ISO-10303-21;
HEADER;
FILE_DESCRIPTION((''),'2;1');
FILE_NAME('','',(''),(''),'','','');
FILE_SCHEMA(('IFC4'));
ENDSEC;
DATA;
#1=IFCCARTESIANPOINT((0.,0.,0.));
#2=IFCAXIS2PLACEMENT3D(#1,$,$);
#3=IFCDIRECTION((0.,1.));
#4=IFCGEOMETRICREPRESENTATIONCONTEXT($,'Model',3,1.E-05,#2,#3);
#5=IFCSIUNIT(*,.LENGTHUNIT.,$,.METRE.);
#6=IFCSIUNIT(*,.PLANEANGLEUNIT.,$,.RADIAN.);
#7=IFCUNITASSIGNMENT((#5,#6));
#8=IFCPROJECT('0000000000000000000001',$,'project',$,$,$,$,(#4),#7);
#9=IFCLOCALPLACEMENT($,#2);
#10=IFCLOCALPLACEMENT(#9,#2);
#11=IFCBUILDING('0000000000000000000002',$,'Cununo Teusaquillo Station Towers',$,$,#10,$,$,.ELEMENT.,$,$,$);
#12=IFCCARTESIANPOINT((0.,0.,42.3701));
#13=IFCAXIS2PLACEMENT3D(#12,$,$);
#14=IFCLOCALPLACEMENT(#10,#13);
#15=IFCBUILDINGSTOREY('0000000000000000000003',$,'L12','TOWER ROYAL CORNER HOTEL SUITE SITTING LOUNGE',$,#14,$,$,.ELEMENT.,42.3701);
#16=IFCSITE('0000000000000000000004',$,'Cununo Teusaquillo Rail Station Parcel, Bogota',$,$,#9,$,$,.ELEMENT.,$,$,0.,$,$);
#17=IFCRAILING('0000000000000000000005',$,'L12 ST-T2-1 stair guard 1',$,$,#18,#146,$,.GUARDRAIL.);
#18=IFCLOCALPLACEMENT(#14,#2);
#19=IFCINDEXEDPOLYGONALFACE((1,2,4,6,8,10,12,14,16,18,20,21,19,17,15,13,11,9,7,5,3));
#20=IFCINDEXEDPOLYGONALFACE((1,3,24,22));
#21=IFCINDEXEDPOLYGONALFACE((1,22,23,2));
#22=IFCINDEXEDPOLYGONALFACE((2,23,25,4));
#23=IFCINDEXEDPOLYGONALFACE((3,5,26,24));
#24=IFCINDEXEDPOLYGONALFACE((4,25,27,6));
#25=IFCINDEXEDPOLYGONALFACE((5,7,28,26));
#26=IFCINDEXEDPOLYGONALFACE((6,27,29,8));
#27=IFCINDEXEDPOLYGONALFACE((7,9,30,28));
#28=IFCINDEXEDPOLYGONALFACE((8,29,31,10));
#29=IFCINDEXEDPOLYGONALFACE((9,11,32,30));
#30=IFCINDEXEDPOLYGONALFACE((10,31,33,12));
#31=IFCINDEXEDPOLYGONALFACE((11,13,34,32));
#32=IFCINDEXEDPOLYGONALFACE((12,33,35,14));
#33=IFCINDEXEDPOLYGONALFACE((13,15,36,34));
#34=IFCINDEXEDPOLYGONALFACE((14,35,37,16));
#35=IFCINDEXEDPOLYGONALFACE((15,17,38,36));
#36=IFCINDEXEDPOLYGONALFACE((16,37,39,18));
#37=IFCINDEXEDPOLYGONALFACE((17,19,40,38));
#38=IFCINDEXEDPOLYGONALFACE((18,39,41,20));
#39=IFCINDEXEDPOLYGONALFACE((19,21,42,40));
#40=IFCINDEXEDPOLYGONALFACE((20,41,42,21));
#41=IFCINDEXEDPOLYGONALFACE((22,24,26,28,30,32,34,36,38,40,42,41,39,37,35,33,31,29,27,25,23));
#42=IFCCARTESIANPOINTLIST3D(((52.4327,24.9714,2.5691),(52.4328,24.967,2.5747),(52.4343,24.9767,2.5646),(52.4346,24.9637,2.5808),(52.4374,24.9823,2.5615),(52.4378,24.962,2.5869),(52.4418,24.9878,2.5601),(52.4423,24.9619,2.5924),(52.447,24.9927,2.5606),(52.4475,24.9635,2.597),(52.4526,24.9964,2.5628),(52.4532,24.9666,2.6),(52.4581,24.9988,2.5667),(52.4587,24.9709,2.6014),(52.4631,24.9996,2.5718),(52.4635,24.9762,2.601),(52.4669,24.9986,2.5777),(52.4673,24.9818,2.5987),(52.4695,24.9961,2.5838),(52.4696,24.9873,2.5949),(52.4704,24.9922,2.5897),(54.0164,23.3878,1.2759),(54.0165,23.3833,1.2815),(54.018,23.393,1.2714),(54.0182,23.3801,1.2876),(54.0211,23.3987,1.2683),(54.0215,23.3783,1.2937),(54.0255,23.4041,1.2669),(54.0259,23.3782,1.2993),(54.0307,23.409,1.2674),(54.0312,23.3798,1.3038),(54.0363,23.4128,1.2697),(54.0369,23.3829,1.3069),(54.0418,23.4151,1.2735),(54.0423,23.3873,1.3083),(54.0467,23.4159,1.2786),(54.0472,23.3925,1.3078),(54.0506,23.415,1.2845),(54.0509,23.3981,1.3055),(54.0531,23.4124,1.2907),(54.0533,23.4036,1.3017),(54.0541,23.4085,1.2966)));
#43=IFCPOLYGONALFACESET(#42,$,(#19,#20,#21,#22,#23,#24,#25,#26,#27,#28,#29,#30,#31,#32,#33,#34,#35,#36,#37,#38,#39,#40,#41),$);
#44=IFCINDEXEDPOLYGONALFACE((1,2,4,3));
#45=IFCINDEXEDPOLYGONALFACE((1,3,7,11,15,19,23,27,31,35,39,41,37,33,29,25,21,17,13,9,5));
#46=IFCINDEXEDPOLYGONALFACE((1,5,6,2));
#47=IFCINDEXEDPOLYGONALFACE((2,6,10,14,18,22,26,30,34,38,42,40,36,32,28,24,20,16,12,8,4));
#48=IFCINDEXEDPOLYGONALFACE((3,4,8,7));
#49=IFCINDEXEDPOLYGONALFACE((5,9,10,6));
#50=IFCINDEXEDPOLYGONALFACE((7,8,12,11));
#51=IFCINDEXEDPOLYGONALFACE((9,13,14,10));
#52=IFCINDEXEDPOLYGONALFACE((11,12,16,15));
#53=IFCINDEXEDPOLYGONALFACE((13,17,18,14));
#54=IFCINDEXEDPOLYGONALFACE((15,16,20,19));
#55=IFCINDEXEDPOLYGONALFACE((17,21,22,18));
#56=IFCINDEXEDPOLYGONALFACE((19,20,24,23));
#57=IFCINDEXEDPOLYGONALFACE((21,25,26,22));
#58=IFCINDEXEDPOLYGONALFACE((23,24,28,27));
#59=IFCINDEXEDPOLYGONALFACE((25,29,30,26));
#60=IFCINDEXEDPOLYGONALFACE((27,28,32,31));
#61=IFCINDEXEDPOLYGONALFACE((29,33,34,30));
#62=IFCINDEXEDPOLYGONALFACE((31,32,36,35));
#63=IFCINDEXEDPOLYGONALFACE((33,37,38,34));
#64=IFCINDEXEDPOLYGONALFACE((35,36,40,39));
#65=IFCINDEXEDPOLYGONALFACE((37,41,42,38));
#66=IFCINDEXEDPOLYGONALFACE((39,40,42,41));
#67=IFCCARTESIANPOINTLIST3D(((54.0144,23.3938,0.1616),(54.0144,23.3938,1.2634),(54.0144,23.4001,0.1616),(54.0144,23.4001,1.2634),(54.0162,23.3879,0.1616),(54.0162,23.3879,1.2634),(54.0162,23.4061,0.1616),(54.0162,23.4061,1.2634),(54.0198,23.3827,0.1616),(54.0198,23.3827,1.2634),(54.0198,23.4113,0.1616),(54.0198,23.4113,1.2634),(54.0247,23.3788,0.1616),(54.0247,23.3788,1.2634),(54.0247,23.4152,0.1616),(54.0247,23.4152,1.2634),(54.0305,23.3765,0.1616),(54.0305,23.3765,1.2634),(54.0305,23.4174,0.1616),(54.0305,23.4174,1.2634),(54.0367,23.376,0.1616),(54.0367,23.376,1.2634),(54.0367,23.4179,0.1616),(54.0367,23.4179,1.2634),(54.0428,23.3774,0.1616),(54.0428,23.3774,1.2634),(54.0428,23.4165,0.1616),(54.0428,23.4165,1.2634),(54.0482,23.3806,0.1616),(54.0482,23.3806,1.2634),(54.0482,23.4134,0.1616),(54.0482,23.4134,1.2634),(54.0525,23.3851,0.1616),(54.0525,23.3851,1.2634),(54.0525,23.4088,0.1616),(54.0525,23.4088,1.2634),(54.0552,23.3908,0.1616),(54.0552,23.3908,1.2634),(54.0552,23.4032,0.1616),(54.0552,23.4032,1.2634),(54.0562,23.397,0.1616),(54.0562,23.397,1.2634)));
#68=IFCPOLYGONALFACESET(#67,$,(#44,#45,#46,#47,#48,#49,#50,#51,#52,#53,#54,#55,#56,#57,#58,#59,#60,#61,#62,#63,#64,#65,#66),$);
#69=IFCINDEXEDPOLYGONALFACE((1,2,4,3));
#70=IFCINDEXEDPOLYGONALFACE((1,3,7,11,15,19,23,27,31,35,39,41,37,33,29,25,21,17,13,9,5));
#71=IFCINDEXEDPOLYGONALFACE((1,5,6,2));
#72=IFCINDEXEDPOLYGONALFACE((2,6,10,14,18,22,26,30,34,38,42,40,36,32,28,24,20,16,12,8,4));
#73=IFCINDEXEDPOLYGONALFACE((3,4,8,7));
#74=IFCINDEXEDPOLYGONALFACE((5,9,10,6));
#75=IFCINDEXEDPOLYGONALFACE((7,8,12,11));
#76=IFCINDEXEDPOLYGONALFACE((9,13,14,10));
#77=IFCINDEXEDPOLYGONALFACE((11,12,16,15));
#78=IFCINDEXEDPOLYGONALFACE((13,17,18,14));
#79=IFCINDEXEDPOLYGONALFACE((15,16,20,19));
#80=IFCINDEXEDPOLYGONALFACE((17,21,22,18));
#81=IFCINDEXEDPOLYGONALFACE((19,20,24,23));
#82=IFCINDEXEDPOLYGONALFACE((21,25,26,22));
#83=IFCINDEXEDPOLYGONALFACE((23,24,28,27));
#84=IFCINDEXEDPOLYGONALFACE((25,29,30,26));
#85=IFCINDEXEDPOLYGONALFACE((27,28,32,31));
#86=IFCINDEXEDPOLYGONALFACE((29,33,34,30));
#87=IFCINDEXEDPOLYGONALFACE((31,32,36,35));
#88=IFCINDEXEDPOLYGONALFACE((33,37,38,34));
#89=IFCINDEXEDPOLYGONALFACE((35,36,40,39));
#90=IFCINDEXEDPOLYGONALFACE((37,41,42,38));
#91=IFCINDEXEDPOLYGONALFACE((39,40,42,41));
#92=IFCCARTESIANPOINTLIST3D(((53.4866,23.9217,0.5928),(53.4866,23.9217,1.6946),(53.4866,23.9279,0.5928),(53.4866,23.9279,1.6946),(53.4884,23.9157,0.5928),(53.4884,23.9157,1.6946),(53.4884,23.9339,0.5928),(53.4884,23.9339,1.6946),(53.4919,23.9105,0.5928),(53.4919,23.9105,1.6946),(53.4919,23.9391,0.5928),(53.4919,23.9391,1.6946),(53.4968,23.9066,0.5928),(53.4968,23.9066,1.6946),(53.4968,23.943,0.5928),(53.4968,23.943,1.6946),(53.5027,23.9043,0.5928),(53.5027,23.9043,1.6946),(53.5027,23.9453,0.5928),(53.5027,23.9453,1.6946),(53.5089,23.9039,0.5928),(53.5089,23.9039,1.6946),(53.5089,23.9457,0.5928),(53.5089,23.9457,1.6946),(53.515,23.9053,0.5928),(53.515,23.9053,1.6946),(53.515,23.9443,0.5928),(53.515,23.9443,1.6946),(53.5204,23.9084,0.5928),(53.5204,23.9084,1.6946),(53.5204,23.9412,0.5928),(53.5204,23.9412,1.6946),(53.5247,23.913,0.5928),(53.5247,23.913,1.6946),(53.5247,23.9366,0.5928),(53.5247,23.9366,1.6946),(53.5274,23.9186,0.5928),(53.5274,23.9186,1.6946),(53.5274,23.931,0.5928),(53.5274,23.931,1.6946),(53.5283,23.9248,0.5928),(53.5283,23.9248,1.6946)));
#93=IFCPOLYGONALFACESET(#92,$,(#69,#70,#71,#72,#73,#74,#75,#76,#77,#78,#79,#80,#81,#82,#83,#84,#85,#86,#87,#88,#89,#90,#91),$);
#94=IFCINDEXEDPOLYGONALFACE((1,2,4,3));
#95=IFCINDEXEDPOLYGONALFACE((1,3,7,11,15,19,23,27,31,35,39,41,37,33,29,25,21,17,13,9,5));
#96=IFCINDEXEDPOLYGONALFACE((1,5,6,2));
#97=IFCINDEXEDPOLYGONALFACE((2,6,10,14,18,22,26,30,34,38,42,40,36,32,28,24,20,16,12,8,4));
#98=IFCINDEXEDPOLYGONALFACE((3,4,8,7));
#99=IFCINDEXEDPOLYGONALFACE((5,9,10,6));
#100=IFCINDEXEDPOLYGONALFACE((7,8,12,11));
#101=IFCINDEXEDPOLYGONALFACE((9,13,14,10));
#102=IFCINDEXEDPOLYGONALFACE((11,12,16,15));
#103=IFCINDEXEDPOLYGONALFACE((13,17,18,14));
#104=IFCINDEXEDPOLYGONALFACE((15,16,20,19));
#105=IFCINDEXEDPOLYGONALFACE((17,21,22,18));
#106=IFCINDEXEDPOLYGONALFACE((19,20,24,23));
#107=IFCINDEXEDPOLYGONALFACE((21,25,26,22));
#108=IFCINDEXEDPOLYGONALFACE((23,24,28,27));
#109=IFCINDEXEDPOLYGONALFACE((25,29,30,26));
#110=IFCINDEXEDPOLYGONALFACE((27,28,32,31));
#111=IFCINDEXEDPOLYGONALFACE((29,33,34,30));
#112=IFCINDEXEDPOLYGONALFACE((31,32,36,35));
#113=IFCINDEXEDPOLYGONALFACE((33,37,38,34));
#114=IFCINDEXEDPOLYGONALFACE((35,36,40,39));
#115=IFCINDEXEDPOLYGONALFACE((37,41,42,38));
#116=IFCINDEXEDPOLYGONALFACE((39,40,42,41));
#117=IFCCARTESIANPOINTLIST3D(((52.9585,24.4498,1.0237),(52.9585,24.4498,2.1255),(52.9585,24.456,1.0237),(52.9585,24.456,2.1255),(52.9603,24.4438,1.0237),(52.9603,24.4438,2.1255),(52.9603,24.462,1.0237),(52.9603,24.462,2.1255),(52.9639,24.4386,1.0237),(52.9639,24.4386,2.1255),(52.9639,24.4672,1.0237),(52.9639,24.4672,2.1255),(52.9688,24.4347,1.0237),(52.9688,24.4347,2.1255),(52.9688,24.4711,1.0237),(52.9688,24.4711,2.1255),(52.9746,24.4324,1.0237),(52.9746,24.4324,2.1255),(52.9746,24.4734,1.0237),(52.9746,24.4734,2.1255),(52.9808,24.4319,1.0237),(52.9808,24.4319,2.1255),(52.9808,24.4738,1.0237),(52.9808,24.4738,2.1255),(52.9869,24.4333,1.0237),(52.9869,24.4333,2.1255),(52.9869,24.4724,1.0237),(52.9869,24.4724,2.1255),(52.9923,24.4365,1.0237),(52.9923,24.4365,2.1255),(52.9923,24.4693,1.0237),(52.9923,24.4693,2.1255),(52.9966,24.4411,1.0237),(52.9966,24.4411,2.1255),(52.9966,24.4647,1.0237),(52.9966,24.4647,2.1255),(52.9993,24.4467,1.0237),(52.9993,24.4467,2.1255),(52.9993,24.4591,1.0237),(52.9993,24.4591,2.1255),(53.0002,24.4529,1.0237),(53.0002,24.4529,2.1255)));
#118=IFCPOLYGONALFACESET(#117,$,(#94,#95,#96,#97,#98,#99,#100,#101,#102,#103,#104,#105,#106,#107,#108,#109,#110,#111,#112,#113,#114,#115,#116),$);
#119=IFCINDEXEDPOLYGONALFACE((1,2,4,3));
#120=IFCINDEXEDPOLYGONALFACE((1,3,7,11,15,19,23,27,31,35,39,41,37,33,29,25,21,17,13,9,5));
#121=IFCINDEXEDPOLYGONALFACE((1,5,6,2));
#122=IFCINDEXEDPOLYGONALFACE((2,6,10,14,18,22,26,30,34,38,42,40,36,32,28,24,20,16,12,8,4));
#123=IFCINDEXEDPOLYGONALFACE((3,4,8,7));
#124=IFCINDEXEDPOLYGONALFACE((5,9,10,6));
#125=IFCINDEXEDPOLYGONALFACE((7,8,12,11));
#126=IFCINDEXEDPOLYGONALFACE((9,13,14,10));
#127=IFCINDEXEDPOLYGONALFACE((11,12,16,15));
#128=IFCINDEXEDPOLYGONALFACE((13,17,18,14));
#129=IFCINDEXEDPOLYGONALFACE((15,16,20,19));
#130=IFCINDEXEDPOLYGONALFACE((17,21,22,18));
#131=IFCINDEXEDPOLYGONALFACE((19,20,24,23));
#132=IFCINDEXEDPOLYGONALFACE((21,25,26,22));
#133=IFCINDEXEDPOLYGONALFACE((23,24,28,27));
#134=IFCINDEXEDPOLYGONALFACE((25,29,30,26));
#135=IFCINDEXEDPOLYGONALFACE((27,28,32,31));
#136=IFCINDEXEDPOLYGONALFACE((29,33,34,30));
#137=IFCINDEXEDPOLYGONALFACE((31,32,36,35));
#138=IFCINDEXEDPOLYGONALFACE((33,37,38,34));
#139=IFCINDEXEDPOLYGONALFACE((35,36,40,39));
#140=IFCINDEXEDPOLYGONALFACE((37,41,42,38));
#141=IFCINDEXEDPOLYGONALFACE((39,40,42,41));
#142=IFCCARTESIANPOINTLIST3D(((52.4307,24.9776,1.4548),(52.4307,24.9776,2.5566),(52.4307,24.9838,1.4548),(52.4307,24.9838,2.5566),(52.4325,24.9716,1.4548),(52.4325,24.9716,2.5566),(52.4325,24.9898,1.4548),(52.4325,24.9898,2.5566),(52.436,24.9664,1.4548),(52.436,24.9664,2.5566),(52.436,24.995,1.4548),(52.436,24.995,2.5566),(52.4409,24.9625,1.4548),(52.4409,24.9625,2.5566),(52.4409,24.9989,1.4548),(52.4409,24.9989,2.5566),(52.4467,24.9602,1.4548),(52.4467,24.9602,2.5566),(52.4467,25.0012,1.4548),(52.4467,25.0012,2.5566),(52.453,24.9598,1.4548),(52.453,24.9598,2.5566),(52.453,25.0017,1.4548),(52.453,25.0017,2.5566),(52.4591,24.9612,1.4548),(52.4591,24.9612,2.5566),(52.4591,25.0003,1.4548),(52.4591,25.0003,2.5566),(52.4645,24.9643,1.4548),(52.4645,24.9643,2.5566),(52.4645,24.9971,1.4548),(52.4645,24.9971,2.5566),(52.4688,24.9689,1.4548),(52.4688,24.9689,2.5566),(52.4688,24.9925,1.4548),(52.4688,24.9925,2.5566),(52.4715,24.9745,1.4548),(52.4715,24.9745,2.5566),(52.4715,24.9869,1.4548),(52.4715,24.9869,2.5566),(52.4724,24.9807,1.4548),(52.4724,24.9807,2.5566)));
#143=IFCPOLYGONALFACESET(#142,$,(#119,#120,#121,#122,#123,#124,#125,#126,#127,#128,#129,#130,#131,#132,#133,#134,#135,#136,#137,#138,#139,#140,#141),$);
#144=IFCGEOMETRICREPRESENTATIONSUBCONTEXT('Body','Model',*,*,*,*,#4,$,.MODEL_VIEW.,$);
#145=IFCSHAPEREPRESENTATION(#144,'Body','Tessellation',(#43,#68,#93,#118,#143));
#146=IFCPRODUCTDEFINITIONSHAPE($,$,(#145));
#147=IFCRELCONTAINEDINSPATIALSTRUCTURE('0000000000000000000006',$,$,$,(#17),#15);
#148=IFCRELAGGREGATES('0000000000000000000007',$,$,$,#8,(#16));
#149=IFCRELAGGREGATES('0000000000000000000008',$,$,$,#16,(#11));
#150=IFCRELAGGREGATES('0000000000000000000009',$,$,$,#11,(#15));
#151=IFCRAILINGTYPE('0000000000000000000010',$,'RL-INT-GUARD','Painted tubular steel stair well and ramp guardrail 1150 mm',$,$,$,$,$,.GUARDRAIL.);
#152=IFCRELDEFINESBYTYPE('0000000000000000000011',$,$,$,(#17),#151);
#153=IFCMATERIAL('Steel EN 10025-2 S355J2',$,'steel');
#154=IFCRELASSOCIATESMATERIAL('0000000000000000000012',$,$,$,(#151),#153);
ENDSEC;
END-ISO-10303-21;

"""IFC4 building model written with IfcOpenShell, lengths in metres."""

from ifc_helpers import new_model, si_unit, direction, frame, origin, origin_2d, place, context, subcontext, project, spatial, circle, extrude, material, type_object, element, save


model = new_model("IFC4")

# Units and contexts
model_context = context("Model", 3, precision=1e-05, world=origin(), true_north=direction((0.0, 1.0)))
body_context = subcontext(model_context, "Body", "Model", "MODEL_VIEW")
ifc_project = project(units=[si_unit("LENGTHUNIT", "METRE"), si_unit("PLANEANGLEUNIT", "RADIAN")], contexts=[model_context])

# Site, building, storey
site_placement = place(None, origin())
site = spatial("IfcSite", under=ifc_project, at=site_placement, Name="Cununo Teusaquillo Rail Station Parcel, Bogota", CompositionType="ELEMENT", RefElevation=0.0)
building_placement = place(site_placement, origin())
building = spatial("IfcBuilding", under=site, at=building_placement, Name="Cununo Teusaquillo Station Towers", CompositionType="ELEMENT")
storey_placement = place(building_placement, frame((0.0, 0.0, 42.3701)))
storey = spatial("IfcBuildingStorey", under=building, at=storey_placement, Name="L12", Description="TOWER ROYAL CORNER HOTEL SUITE SITTING LOUNGE", CompositionType="ELEMENT", Elevation=42.3701)

# Railing
ifc_material_1 = material(Name="Steel EN 10025-2 S355J2", Category="steel")
railing_type_1 = type_object("IfcRailingType", Name="RL-INT-GUARD", Description="Painted tubular steel stair well and ramp guardrail 1150 mm", PredefinedType="GUARDRAIL", material=ifc_material_1)
railing_1_placement = place(storey_placement, frame((54.0352, 23.397, 0.1616)))
element("IfcRailing", 1, at=railing_1_placement, inside=storey, type_object=railing_type_1, Name="L12 ST-T2-1 stair guard 1", PredefinedType="GUARDRAIL", context=body_context, shape_type="SweptSolid", body=[
    extrude(circle(Radius=0.0239, at=origin_2d()), frame((0.0, 0.0, 1.126), z_axis=(-0.612361, 0.612361, 0.500027), x_axis=(-0.707107, -0.707107, 0.0)), (0.0, 0.0, 1.0), 2.5862),
    extrude(circle(Radius=0.021, at=origin_2d()), origin(), (0.0, 0.0, 1.0), 1.1018),
    extrude(circle(Radius=0.021, at=origin_2d()), frame((-0.5278, 0.5278, 0.4312)), (0.0, 0.0, 1.0), 1.1018),
    extrude(circle(Radius=0.021, at=origin_2d()), frame((-1.0559, 1.0559, 0.8621)), (0.0, 0.0, 1.0), 1.1018),
    extrude(circle(Radius=0.021, at=origin_2d()), frame((-1.5837, 1.5837, 1.2932)), (0.0, 0.0, 1.0), 1.1018),
])

save(model, "model.ifc")
